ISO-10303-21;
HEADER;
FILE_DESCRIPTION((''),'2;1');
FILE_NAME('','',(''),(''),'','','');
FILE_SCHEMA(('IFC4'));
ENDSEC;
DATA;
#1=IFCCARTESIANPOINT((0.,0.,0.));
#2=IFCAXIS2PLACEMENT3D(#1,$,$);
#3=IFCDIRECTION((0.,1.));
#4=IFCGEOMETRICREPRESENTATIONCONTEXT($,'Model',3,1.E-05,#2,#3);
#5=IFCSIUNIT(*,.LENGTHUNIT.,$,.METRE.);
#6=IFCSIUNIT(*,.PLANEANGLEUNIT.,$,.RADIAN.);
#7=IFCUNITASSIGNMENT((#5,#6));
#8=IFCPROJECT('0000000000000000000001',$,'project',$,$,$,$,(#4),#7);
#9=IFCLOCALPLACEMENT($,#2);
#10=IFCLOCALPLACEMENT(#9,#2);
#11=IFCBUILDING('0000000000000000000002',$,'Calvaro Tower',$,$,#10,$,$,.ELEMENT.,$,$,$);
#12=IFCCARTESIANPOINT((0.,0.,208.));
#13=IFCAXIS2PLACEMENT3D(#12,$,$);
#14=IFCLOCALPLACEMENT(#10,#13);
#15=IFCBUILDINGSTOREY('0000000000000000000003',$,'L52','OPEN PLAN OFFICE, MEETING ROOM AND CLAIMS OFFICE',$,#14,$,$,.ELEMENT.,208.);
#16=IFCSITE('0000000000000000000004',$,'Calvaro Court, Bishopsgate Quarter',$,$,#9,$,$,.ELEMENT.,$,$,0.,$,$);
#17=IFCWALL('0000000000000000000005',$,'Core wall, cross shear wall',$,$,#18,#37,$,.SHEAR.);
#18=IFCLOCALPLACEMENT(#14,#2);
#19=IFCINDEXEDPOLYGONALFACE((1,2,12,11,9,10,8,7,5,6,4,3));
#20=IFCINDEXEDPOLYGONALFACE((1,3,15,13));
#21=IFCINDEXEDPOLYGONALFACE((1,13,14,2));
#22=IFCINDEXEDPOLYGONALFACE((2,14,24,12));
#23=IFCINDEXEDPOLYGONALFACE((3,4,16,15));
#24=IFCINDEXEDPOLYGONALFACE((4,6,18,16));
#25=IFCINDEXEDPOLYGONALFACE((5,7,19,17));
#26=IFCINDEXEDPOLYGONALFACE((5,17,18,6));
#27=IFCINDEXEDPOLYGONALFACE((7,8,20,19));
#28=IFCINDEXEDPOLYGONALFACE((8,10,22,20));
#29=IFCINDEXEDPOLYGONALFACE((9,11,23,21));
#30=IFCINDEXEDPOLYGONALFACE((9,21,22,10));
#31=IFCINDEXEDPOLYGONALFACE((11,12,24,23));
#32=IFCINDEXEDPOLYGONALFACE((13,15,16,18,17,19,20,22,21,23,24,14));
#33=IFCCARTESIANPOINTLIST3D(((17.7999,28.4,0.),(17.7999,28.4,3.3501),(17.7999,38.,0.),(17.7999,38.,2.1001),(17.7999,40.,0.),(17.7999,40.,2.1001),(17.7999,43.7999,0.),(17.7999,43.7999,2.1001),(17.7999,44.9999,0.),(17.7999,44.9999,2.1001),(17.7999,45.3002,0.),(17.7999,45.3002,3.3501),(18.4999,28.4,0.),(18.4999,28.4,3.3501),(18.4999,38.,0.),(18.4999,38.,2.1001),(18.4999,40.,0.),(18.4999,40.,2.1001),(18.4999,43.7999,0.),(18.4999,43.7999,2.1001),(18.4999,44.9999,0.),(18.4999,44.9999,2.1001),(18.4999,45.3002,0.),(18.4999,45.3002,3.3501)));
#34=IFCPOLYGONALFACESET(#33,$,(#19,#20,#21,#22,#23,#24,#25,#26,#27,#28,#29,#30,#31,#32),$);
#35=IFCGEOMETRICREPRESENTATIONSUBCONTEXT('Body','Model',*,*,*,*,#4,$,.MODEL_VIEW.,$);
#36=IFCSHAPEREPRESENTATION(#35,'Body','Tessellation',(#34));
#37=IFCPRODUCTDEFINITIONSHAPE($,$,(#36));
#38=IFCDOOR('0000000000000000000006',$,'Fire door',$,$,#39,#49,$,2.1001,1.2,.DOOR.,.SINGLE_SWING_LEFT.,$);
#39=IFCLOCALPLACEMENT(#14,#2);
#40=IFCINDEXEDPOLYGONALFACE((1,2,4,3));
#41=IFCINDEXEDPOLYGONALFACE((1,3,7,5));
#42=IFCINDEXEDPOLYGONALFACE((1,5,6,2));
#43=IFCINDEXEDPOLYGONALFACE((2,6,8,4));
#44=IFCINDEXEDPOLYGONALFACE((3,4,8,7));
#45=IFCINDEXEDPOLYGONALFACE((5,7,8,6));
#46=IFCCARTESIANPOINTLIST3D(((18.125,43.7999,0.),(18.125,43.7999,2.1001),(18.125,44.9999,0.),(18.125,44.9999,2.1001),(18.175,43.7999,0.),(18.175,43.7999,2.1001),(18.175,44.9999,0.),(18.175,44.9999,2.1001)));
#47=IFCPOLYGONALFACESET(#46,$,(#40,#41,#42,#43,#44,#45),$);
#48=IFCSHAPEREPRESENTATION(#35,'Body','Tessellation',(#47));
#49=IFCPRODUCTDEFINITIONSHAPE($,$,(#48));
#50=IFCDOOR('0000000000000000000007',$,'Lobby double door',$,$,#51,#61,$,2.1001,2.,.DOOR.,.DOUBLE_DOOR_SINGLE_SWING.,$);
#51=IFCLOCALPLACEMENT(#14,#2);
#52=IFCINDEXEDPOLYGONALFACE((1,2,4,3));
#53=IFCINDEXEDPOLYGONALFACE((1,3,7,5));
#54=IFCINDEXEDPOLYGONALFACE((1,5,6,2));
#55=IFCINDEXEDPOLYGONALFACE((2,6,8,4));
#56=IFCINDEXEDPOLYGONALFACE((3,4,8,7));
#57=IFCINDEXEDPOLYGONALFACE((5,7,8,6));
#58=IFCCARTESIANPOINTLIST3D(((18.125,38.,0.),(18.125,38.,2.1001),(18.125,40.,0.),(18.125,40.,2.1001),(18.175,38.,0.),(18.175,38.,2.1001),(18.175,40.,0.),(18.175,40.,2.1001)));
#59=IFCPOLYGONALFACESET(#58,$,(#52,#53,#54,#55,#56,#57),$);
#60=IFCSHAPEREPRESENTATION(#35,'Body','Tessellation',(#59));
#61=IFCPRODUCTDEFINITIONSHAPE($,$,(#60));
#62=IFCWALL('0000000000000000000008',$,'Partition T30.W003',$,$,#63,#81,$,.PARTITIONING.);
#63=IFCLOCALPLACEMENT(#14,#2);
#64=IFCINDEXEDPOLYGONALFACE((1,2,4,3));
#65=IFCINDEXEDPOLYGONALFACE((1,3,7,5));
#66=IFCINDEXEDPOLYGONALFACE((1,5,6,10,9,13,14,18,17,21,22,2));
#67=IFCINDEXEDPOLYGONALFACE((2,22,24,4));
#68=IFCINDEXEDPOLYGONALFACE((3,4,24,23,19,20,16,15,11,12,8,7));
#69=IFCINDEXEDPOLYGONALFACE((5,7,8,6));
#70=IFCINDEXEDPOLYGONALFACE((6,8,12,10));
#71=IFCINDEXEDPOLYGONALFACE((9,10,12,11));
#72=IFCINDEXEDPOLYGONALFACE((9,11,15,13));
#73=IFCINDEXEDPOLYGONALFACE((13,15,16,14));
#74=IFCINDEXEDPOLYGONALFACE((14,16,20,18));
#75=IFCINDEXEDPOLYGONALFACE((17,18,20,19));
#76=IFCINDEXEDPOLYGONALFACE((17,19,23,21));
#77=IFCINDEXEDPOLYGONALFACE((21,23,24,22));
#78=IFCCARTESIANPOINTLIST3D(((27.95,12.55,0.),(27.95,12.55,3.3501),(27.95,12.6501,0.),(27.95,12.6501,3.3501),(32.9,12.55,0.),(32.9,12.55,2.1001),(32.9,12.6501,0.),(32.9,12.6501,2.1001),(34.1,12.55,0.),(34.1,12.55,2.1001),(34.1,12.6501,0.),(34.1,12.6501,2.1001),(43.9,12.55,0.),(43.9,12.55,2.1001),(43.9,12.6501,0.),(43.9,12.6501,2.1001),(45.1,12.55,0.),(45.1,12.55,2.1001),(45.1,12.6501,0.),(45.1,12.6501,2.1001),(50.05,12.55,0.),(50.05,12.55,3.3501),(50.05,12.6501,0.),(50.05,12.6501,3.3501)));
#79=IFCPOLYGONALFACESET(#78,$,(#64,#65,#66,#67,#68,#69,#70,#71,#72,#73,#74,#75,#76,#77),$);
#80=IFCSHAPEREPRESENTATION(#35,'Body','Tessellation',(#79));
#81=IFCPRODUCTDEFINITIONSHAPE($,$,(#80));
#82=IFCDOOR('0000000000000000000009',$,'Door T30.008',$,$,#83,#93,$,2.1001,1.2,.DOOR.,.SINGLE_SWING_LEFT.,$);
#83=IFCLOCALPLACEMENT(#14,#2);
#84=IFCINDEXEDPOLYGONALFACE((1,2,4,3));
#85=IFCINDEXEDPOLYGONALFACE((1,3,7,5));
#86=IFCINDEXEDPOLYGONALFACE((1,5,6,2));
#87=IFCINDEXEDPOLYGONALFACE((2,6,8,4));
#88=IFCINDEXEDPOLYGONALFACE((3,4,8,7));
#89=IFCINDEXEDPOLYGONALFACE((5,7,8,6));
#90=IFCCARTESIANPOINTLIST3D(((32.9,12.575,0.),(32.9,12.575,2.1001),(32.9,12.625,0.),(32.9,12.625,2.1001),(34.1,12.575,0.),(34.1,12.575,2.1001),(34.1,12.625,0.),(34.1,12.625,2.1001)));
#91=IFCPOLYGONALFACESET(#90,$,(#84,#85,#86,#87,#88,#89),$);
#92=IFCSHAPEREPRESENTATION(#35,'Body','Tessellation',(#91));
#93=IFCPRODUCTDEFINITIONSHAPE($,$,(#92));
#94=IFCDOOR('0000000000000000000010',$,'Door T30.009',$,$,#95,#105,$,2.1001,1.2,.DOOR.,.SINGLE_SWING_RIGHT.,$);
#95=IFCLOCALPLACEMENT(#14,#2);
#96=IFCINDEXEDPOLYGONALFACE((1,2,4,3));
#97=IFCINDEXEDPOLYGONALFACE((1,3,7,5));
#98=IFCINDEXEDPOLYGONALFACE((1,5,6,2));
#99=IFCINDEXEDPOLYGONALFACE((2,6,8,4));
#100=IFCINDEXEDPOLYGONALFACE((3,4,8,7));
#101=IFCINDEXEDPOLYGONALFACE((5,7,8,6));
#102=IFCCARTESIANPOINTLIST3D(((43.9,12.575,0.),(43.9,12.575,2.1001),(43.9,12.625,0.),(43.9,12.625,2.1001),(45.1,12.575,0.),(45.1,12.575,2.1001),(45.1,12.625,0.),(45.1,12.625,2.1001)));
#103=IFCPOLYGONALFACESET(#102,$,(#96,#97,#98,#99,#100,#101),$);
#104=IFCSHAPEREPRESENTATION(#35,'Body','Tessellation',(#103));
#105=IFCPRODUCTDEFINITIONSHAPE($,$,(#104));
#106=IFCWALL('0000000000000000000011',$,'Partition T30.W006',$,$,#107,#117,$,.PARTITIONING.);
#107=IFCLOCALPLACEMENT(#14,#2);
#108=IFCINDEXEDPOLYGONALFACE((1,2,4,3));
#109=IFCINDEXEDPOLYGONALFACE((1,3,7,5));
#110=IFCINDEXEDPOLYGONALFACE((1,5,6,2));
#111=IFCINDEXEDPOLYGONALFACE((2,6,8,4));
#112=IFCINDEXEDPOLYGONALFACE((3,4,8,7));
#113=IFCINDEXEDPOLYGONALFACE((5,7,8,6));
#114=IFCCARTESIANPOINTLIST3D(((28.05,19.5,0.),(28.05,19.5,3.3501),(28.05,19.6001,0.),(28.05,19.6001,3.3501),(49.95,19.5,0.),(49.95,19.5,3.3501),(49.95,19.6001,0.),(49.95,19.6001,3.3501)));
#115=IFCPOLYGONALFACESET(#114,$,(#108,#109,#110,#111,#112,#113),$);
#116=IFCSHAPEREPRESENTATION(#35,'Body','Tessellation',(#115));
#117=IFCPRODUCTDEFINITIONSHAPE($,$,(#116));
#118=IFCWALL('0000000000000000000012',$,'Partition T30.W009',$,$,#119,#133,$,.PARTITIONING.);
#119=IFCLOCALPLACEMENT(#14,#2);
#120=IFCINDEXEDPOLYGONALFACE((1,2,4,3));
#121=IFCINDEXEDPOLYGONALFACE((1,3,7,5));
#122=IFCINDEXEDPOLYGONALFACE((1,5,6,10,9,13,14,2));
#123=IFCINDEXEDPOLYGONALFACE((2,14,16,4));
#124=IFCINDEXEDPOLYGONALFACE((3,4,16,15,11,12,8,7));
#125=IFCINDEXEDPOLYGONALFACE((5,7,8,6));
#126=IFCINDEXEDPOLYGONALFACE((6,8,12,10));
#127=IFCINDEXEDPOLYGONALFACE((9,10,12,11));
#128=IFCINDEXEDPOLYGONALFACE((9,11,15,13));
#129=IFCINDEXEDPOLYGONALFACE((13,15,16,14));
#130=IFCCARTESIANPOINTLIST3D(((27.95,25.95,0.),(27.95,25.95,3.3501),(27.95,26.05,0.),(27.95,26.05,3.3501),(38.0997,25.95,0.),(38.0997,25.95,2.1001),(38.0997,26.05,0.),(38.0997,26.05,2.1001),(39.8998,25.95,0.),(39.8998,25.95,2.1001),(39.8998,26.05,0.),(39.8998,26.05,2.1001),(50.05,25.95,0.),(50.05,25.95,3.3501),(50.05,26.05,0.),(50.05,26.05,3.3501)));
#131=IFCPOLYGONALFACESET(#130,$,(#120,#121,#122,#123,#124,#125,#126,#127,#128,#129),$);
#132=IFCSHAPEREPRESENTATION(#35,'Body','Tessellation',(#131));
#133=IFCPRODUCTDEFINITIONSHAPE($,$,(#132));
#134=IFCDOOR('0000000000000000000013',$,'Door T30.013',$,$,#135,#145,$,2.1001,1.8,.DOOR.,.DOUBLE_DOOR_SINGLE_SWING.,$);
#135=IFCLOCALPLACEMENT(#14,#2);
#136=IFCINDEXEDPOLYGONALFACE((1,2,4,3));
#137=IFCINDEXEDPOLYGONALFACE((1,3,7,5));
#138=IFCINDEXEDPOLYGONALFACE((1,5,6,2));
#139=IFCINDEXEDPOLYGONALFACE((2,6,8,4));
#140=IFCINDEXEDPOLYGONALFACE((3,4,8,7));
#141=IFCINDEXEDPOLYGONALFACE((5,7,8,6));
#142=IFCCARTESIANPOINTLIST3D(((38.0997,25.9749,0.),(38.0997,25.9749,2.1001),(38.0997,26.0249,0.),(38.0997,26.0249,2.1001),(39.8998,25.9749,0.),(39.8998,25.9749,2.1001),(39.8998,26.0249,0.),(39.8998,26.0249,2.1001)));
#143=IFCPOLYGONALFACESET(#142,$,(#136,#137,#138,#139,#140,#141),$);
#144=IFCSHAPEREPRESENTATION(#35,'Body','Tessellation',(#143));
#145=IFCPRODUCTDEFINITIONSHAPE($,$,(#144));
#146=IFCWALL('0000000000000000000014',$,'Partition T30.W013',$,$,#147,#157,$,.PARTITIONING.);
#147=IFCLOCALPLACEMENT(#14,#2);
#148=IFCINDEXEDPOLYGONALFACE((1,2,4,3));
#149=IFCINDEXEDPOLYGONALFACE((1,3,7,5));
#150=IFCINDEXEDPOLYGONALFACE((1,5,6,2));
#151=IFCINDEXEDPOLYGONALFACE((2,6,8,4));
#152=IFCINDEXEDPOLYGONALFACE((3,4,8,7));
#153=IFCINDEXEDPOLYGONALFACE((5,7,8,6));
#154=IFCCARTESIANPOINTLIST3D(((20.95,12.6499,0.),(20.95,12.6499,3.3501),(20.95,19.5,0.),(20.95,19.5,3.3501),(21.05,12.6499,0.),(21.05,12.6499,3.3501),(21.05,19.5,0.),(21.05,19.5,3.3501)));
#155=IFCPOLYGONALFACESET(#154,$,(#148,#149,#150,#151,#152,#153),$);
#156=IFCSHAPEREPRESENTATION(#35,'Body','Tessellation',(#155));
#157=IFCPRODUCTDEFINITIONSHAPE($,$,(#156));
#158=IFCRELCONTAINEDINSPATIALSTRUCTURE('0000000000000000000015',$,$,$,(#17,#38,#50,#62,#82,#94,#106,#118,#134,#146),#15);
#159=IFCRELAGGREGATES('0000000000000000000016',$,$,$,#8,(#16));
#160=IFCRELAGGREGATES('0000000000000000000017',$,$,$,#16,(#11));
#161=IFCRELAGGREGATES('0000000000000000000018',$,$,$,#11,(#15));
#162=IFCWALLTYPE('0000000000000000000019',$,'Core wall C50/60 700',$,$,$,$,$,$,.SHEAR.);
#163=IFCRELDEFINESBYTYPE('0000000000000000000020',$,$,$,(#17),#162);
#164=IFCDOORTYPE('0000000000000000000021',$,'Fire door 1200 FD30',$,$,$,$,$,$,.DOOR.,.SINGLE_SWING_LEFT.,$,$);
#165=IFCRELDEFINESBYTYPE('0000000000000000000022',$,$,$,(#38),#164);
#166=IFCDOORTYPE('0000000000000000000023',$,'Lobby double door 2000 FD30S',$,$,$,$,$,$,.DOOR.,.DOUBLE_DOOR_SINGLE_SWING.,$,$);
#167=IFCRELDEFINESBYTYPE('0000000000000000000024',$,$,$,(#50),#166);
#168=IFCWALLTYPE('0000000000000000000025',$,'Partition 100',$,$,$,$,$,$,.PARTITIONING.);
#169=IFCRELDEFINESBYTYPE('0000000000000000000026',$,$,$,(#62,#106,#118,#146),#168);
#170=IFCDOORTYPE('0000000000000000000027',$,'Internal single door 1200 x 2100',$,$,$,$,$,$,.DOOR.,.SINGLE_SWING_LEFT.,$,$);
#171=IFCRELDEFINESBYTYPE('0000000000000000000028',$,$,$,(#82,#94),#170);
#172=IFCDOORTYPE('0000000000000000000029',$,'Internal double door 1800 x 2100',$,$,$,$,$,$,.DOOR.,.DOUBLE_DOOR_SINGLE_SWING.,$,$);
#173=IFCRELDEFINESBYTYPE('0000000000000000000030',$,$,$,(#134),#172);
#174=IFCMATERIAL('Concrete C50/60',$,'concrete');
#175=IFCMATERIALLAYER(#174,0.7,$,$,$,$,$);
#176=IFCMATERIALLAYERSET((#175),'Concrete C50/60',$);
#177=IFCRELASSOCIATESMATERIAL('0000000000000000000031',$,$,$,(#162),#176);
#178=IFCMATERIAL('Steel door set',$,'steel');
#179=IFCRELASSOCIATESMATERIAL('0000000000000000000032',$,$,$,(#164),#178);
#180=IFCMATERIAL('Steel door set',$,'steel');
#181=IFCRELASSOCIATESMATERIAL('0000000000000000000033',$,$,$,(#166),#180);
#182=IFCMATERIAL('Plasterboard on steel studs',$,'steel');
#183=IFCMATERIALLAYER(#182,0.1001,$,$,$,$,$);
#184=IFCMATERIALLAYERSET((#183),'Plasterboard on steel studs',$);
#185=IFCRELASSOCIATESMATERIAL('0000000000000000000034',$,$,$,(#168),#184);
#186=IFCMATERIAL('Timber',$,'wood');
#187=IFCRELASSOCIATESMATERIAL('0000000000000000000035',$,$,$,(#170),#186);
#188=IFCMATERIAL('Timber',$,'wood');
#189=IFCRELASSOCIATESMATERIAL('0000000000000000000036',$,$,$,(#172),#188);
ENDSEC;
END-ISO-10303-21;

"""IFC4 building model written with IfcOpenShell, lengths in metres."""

from ifc_helpers import new_model, si_unit, direction, frame, frame_2d, origin, place, context, subcontext, project, spatial, rectangle, extrude, material, layer, layer_set, type_object, element, fill, save


model = new_model("IFC4")

# Units and contexts
model_context = context("Model", 3, precision=1e-05, world=origin(), true_north=direction((0.0, 1.0)))
body_context = subcontext(model_context, "Body", "Model", "MODEL_VIEW")
ifc_project = project(units=[si_unit("LENGTHUNIT", "METRE"), si_unit("PLANEANGLEUNIT", "RADIAN")], contexts=[model_context])

# Site, building, storey
site_placement = place(None, origin())
site = spatial("IfcSite", under=ifc_project, at=site_placement, Name="Calvaro Court, Bishopsgate Quarter", CompositionType="ELEMENT", RefElevation=0.0)
building_placement = place(site_placement, origin())
building = spatial("IfcBuilding", under=site, at=building_placement, Name="Calvaro Tower", CompositionType="ELEMENT")
storey_placement = place(building_placement, frame((0.0, 0.0, 208.0)))
storey = spatial("IfcBuildingStorey", under=building, at=storey_placement, Name="L52", Description="OPEN PLAN OFFICE, MEETING ROOM AND CLAIMS OFFICE", CompositionType="ELEMENT", Elevation=208.0)

# Walls, openings, doors
ifc_material_1 = material(Name="Concrete C50/60", Category="concrete")
ifc_layer_1 = layer(ifc_material_1, 0.7)
ifc_layer_set_1 = layer_set([ifc_layer_1], Name="Concrete C50/60")
wall_type_1 = type_object("IfcWallType", Name="Core wall C50/60 700", PredefinedType="SHEAR", material=ifc_layer_set_1)
wall_1_placement = place(storey_placement, frame((18.1499, 28.3999, 0.0), z_axis=(0.0, 0.0, 1.0), x_axis=(0.0, 1.0, 0.0)))
wall_1 = element("IfcWall", 1, at=wall_1_placement, inside=storey, type_object=wall_type_1, Name="Core wall, cross shear wall", PredefinedType="SHEAR", context=body_context, shape_type="SweptSolid", body=[
    extrude(rectangle(XDim=16.9001, YDim=0.7, at=frame_2d((8.4502, 0.0))), origin(), (0.0, 0.0, 1.0), 3.3501),
])
opening_1_placement = place(wall_1_placement, frame((9.6001, 0.0, 0.0)))
opening_1 = element("IfcOpeningElement", 2, at=opening_1_placement, cuts=wall_1, PredefinedType="OPENING", context=body_context, shape_type="SweptSolid", body=[
    extrude(rectangle(XDim=2.0, YDim=2.1001, at=frame_2d((1.0, 1.05))), frame((0.0, 0.3599, 0.0), z_axis=(0.0, -1.0, 0.0), x_axis=(1.0, 0.0, 0.0)), (0.0, 0.0, 1.0), 0.72),
])
opening_2_placement = place(wall_1_placement, frame((15.3999, 0.0, 0.0)))
opening_2 = element("IfcOpeningElement", 3, at=opening_2_placement, cuts=wall_1, PredefinedType="OPENING", context=body_context, shape_type="SweptSolid", body=[
    extrude(rectangle(XDim=1.2, YDim=2.1001, at=frame_2d((0.6001, 1.05))), frame((0.0, 0.3599, 0.0), z_axis=(0.0, -1.0, 0.0), x_axis=(1.0, 0.0, 0.0)), (0.0, 0.0, 1.0), 0.72),
])
ifc_material_2 = material(Name="Steel door set", Category="steel")
door_type_1 = type_object("IfcDoorType", Name="Fire door 1200 FD30", OperationType="SINGLE_SWING_LEFT", PredefinedType="DOOR", material=ifc_material_2)
door_1_placement = place(opening_2_placement, origin())
door_1 = element("IfcDoor", 4, at=door_1_placement, inside=storey, type_object=door_type_1, Name="Fire door", OperationType="SINGLE_SWING_LEFT", OverallHeight=2.1001, OverallWidth=1.2, PredefinedType="DOOR", context=body_context, shape_type="SweptSolid", body=[
    extrude(rectangle(XDim=1.2, YDim=2.1001, at=frame_2d((0.6001, 1.05))), frame((0.0, 0.0249, 0.0), z_axis=(0.0, -1.0, 0.0), x_axis=(1.0, 0.0, 0.0)), (0.0, 0.0, 1.0), 0.05),
])
fill(opening_2, door_1)
ifc_material_3 = material(Name="Steel door set", Category="steel")
door_type_2 = type_object("IfcDoorType", Name="Lobby double door 2000 FD30S", OperationType="DOUBLE_DOOR_SINGLE_SWING", PredefinedType="DOOR", material=ifc_material_3)
door_2_placement = place(opening_1_placement, origin())
door_2 = element("IfcDoor", 5, at=door_2_placement, inside=storey, type_object=door_type_2, Name="Lobby double door", OperationType="DOUBLE_DOOR_SINGLE_SWING", OverallHeight=2.1001, OverallWidth=2.0, PredefinedType="DOOR", context=body_context, shape_type="SweptSolid", body=[
    extrude(rectangle(XDim=2.0, YDim=2.1001, at=frame_2d((1.0, 1.05))), frame((0.0, 0.0249, 0.0), z_axis=(0.0, -1.0, 0.0), x_axis=(1.0, 0.0, 0.0)), (0.0, 0.0, 1.0), 0.05),
])
fill(opening_1, door_2)
ifc_material_4 = material(Name="Plasterboard on steel studs", Category="steel")
ifc_layer_2 = layer(ifc_material_4, 0.1001)
ifc_layer_set_2 = layer_set([ifc_layer_2], Name="Plasterboard on steel studs")
wall_type_2 = type_object("IfcWallType", Name="Partition 100", PredefinedType="PARTITIONING", material=ifc_layer_set_2)
wall_2_placement = place(storey_placement, frame((27.95, 12.6001, 0.0), z_axis=(0.0, 0.0, 1.0), x_axis=(1.0, 0.0, 0.0)))
wall_2 = element("IfcWall", 6, at=wall_2_placement, inside=storey, type_object=wall_type_2, Name="Partition T30.W003", PredefinedType="PARTITIONING", context=body_context, shape_type="SweptSolid", body=[
    extrude(rectangle(XDim=22.1001, YDim=0.1001, at=frame_2d((11.05, 0.0))), origin(), (0.0, 0.0, 1.0), 3.3501),
])
opening_3_placement = place(wall_2_placement, frame((4.95, 0.0, 0.0)))
opening_3 = element("IfcOpeningElement", 7, at=opening_3_placement, cuts=wall_2, PredefinedType="OPENING", context=body_context, shape_type="SweptSolid", body=[
    extrude(rectangle(XDim=1.2, YDim=2.1001, at=frame_2d((0.6001, 1.05))), frame((0.0, 0.0601, 0.0), z_axis=(0.0, -1.0, 0.0), x_axis=(1.0, 0.0, 0.0)), (0.0, 0.0, 1.0), 0.1201),
])
opening_4_placement = place(wall_2_placement, frame((15.95, 0.0, 0.0)))
opening_4 = element("IfcOpeningElement", 8, at=opening_4_placement, cuts=wall_2, PredefinedType="OPENING", context=body_context, shape_type="SweptSolid", body=[
    extrude(rectangle(XDim=1.2, YDim=2.1001, at=frame_2d((0.6001, 1.05))), frame((0.0, 0.0601, 0.0), z_axis=(0.0, -1.0, 0.0), x_axis=(1.0, 0.0, 0.0)), (0.0, 0.0, 1.0), 0.1201),
])
ifc_material_5 = material(Name="Timber", Category="wood")
door_type_3 = type_object("IfcDoorType", Name="Internal single door 1200 x 2100", OperationType="SINGLE_SWING_LEFT", PredefinedType="DOOR", material=ifc_material_5)
door_3_placement = place(opening_3_placement, origin())
door_3 = element("IfcDoor", 9, at=door_3_placement, inside=storey, type_object=door_type_3, Name="Door T30.008", OperationType="SINGLE_SWING_LEFT", OverallHeight=2.1001, OverallWidth=1.2, PredefinedType="DOOR", context=body_context, shape_type="SweptSolid", body=[
    extrude(rectangle(XDim=1.2, YDim=2.1001, at=frame_2d((0.6001, 1.05))), frame((0.0, 0.0249, 0.0), z_axis=(0.0, -1.0, 0.0), x_axis=(1.0, 0.0, 0.0)), (0.0, 0.0, 1.0), 0.05),
])
fill(opening_3, door_3)
door_4_placement = place(opening_4_placement, origin())
door_4 = element("IfcDoor", 10, at=door_4_placement, inside=storey, type_object=door_type_3, Name="Door T30.009", OperationType="SINGLE_SWING_RIGHT", OverallHeight=2.1001, OverallWidth=1.2, PredefinedType="DOOR", context=body_context, shape_type="SweptSolid", body=[
    extrude(rectangle(XDim=1.2, YDim=2.1001, at=frame_2d((0.6001, 1.05))), frame((0.0, 0.0249, 0.0), z_axis=(0.0, -1.0, 0.0), x_axis=(1.0, 0.0, 0.0)), (0.0, 0.0, 1.0), 0.05),
])
fill(opening_4, door_4)

# Wall
wall_3_placement = place(storey_placement, frame((28.05, 19.55, 0.0), z_axis=(0.0, 0.0, 1.0), x_axis=(1.0, 0.0, 0.0)))
element("IfcWall", 11, at=wall_3_placement, inside=storey, type_object=wall_type_2, Name="Partition T30.W006", PredefinedType="PARTITIONING", context=body_context, shape_type="SweptSolid", body=[
    extrude(rectangle(XDim=21.8999, YDim=0.1001, at=frame_2d((10.95, 0.0))), origin(), (0.0, 0.0, 1.0), 3.3501),
])

# Wall, opening, door
wall_4_placement = place(storey_placement, frame((27.95, 26.0, 0.0), z_axis=(0.0, 0.0, 1.0), x_axis=(1.0, 0.0, 0.0)))
wall_4 = element("IfcWall", 12, at=wall_4_placement, inside=storey, type_object=wall_type_2, Name="Partition T30.W009", PredefinedType="PARTITIONING", context=body_context, shape_type="SweptSolid", body=[
    extrude(rectangle(XDim=22.1001, YDim=0.1001, at=frame_2d((11.05, 0.0))), origin(), (0.0, 0.0, 1.0), 3.3501),
])
opening_5_placement = place(wall_4_placement, frame((10.1499, 0.0, 0.0)))
opening_5 = element("IfcOpeningElement", 13, at=opening_5_placement, cuts=wall_4, PredefinedType="OPENING", context=body_context, shape_type="SweptSolid", body=[
    extrude(rectangle(XDim=1.8, YDim=2.1001, at=frame_2d((0.8999, 1.05))), frame((0.0, 0.0601, 0.0), z_axis=(0.0, -1.0, 0.0), x_axis=(1.0, 0.0, 0.0)), (0.0, 0.0, 1.0), 0.1201),
])
ifc_material_6 = material(Name="Timber", Category="wood")
door_type_4 = type_object("IfcDoorType", Name="Internal double door 1800 x 2100", OperationType="DOUBLE_DOOR_SINGLE_SWING", PredefinedType="DOOR", material=ifc_material_6)
door_5_placement = place(opening_5_placement, origin())
door_5 = element("IfcDoor", 14, at=door_5_placement, inside=storey, type_object=door_type_4, Name="Door T30.013", OperationType="DOUBLE_DOOR_SINGLE_SWING", OverallHeight=2.1001, OverallWidth=1.8, PredefinedType="DOOR", context=body_context, shape_type="SweptSolid", body=[
    extrude(rectangle(XDim=1.8, YDim=2.1001, at=frame_2d((0.8999, 1.05))), frame((0.0, 0.0249, 0.0), z_axis=(0.0, -1.0, 0.0), x_axis=(1.0, 0.0, 0.0)), (0.0, 0.0, 1.0), 0.05),
])
fill(opening_5, door_5)

# Wall
wall_5_placement = place(storey_placement, frame((21.0, 12.6499, 0.0), z_axis=(0.0, 0.0, 1.0), x_axis=(0.0, 1.0, 0.0)))
element("IfcWall", 15, at=wall_5_placement, inside=storey, type_object=wall_type_2, Name="Partition T30.W013", PredefinedType="PARTITIONING", context=body_context, shape_type="SweptSolid", body=[
    extrude(rectangle(XDim=6.8501, YDim=0.1001, at=frame_2d((3.425, 0.0))), origin(), (0.0, 0.0, 1.0), 3.3501),
])

save(model, "model.ifc")
